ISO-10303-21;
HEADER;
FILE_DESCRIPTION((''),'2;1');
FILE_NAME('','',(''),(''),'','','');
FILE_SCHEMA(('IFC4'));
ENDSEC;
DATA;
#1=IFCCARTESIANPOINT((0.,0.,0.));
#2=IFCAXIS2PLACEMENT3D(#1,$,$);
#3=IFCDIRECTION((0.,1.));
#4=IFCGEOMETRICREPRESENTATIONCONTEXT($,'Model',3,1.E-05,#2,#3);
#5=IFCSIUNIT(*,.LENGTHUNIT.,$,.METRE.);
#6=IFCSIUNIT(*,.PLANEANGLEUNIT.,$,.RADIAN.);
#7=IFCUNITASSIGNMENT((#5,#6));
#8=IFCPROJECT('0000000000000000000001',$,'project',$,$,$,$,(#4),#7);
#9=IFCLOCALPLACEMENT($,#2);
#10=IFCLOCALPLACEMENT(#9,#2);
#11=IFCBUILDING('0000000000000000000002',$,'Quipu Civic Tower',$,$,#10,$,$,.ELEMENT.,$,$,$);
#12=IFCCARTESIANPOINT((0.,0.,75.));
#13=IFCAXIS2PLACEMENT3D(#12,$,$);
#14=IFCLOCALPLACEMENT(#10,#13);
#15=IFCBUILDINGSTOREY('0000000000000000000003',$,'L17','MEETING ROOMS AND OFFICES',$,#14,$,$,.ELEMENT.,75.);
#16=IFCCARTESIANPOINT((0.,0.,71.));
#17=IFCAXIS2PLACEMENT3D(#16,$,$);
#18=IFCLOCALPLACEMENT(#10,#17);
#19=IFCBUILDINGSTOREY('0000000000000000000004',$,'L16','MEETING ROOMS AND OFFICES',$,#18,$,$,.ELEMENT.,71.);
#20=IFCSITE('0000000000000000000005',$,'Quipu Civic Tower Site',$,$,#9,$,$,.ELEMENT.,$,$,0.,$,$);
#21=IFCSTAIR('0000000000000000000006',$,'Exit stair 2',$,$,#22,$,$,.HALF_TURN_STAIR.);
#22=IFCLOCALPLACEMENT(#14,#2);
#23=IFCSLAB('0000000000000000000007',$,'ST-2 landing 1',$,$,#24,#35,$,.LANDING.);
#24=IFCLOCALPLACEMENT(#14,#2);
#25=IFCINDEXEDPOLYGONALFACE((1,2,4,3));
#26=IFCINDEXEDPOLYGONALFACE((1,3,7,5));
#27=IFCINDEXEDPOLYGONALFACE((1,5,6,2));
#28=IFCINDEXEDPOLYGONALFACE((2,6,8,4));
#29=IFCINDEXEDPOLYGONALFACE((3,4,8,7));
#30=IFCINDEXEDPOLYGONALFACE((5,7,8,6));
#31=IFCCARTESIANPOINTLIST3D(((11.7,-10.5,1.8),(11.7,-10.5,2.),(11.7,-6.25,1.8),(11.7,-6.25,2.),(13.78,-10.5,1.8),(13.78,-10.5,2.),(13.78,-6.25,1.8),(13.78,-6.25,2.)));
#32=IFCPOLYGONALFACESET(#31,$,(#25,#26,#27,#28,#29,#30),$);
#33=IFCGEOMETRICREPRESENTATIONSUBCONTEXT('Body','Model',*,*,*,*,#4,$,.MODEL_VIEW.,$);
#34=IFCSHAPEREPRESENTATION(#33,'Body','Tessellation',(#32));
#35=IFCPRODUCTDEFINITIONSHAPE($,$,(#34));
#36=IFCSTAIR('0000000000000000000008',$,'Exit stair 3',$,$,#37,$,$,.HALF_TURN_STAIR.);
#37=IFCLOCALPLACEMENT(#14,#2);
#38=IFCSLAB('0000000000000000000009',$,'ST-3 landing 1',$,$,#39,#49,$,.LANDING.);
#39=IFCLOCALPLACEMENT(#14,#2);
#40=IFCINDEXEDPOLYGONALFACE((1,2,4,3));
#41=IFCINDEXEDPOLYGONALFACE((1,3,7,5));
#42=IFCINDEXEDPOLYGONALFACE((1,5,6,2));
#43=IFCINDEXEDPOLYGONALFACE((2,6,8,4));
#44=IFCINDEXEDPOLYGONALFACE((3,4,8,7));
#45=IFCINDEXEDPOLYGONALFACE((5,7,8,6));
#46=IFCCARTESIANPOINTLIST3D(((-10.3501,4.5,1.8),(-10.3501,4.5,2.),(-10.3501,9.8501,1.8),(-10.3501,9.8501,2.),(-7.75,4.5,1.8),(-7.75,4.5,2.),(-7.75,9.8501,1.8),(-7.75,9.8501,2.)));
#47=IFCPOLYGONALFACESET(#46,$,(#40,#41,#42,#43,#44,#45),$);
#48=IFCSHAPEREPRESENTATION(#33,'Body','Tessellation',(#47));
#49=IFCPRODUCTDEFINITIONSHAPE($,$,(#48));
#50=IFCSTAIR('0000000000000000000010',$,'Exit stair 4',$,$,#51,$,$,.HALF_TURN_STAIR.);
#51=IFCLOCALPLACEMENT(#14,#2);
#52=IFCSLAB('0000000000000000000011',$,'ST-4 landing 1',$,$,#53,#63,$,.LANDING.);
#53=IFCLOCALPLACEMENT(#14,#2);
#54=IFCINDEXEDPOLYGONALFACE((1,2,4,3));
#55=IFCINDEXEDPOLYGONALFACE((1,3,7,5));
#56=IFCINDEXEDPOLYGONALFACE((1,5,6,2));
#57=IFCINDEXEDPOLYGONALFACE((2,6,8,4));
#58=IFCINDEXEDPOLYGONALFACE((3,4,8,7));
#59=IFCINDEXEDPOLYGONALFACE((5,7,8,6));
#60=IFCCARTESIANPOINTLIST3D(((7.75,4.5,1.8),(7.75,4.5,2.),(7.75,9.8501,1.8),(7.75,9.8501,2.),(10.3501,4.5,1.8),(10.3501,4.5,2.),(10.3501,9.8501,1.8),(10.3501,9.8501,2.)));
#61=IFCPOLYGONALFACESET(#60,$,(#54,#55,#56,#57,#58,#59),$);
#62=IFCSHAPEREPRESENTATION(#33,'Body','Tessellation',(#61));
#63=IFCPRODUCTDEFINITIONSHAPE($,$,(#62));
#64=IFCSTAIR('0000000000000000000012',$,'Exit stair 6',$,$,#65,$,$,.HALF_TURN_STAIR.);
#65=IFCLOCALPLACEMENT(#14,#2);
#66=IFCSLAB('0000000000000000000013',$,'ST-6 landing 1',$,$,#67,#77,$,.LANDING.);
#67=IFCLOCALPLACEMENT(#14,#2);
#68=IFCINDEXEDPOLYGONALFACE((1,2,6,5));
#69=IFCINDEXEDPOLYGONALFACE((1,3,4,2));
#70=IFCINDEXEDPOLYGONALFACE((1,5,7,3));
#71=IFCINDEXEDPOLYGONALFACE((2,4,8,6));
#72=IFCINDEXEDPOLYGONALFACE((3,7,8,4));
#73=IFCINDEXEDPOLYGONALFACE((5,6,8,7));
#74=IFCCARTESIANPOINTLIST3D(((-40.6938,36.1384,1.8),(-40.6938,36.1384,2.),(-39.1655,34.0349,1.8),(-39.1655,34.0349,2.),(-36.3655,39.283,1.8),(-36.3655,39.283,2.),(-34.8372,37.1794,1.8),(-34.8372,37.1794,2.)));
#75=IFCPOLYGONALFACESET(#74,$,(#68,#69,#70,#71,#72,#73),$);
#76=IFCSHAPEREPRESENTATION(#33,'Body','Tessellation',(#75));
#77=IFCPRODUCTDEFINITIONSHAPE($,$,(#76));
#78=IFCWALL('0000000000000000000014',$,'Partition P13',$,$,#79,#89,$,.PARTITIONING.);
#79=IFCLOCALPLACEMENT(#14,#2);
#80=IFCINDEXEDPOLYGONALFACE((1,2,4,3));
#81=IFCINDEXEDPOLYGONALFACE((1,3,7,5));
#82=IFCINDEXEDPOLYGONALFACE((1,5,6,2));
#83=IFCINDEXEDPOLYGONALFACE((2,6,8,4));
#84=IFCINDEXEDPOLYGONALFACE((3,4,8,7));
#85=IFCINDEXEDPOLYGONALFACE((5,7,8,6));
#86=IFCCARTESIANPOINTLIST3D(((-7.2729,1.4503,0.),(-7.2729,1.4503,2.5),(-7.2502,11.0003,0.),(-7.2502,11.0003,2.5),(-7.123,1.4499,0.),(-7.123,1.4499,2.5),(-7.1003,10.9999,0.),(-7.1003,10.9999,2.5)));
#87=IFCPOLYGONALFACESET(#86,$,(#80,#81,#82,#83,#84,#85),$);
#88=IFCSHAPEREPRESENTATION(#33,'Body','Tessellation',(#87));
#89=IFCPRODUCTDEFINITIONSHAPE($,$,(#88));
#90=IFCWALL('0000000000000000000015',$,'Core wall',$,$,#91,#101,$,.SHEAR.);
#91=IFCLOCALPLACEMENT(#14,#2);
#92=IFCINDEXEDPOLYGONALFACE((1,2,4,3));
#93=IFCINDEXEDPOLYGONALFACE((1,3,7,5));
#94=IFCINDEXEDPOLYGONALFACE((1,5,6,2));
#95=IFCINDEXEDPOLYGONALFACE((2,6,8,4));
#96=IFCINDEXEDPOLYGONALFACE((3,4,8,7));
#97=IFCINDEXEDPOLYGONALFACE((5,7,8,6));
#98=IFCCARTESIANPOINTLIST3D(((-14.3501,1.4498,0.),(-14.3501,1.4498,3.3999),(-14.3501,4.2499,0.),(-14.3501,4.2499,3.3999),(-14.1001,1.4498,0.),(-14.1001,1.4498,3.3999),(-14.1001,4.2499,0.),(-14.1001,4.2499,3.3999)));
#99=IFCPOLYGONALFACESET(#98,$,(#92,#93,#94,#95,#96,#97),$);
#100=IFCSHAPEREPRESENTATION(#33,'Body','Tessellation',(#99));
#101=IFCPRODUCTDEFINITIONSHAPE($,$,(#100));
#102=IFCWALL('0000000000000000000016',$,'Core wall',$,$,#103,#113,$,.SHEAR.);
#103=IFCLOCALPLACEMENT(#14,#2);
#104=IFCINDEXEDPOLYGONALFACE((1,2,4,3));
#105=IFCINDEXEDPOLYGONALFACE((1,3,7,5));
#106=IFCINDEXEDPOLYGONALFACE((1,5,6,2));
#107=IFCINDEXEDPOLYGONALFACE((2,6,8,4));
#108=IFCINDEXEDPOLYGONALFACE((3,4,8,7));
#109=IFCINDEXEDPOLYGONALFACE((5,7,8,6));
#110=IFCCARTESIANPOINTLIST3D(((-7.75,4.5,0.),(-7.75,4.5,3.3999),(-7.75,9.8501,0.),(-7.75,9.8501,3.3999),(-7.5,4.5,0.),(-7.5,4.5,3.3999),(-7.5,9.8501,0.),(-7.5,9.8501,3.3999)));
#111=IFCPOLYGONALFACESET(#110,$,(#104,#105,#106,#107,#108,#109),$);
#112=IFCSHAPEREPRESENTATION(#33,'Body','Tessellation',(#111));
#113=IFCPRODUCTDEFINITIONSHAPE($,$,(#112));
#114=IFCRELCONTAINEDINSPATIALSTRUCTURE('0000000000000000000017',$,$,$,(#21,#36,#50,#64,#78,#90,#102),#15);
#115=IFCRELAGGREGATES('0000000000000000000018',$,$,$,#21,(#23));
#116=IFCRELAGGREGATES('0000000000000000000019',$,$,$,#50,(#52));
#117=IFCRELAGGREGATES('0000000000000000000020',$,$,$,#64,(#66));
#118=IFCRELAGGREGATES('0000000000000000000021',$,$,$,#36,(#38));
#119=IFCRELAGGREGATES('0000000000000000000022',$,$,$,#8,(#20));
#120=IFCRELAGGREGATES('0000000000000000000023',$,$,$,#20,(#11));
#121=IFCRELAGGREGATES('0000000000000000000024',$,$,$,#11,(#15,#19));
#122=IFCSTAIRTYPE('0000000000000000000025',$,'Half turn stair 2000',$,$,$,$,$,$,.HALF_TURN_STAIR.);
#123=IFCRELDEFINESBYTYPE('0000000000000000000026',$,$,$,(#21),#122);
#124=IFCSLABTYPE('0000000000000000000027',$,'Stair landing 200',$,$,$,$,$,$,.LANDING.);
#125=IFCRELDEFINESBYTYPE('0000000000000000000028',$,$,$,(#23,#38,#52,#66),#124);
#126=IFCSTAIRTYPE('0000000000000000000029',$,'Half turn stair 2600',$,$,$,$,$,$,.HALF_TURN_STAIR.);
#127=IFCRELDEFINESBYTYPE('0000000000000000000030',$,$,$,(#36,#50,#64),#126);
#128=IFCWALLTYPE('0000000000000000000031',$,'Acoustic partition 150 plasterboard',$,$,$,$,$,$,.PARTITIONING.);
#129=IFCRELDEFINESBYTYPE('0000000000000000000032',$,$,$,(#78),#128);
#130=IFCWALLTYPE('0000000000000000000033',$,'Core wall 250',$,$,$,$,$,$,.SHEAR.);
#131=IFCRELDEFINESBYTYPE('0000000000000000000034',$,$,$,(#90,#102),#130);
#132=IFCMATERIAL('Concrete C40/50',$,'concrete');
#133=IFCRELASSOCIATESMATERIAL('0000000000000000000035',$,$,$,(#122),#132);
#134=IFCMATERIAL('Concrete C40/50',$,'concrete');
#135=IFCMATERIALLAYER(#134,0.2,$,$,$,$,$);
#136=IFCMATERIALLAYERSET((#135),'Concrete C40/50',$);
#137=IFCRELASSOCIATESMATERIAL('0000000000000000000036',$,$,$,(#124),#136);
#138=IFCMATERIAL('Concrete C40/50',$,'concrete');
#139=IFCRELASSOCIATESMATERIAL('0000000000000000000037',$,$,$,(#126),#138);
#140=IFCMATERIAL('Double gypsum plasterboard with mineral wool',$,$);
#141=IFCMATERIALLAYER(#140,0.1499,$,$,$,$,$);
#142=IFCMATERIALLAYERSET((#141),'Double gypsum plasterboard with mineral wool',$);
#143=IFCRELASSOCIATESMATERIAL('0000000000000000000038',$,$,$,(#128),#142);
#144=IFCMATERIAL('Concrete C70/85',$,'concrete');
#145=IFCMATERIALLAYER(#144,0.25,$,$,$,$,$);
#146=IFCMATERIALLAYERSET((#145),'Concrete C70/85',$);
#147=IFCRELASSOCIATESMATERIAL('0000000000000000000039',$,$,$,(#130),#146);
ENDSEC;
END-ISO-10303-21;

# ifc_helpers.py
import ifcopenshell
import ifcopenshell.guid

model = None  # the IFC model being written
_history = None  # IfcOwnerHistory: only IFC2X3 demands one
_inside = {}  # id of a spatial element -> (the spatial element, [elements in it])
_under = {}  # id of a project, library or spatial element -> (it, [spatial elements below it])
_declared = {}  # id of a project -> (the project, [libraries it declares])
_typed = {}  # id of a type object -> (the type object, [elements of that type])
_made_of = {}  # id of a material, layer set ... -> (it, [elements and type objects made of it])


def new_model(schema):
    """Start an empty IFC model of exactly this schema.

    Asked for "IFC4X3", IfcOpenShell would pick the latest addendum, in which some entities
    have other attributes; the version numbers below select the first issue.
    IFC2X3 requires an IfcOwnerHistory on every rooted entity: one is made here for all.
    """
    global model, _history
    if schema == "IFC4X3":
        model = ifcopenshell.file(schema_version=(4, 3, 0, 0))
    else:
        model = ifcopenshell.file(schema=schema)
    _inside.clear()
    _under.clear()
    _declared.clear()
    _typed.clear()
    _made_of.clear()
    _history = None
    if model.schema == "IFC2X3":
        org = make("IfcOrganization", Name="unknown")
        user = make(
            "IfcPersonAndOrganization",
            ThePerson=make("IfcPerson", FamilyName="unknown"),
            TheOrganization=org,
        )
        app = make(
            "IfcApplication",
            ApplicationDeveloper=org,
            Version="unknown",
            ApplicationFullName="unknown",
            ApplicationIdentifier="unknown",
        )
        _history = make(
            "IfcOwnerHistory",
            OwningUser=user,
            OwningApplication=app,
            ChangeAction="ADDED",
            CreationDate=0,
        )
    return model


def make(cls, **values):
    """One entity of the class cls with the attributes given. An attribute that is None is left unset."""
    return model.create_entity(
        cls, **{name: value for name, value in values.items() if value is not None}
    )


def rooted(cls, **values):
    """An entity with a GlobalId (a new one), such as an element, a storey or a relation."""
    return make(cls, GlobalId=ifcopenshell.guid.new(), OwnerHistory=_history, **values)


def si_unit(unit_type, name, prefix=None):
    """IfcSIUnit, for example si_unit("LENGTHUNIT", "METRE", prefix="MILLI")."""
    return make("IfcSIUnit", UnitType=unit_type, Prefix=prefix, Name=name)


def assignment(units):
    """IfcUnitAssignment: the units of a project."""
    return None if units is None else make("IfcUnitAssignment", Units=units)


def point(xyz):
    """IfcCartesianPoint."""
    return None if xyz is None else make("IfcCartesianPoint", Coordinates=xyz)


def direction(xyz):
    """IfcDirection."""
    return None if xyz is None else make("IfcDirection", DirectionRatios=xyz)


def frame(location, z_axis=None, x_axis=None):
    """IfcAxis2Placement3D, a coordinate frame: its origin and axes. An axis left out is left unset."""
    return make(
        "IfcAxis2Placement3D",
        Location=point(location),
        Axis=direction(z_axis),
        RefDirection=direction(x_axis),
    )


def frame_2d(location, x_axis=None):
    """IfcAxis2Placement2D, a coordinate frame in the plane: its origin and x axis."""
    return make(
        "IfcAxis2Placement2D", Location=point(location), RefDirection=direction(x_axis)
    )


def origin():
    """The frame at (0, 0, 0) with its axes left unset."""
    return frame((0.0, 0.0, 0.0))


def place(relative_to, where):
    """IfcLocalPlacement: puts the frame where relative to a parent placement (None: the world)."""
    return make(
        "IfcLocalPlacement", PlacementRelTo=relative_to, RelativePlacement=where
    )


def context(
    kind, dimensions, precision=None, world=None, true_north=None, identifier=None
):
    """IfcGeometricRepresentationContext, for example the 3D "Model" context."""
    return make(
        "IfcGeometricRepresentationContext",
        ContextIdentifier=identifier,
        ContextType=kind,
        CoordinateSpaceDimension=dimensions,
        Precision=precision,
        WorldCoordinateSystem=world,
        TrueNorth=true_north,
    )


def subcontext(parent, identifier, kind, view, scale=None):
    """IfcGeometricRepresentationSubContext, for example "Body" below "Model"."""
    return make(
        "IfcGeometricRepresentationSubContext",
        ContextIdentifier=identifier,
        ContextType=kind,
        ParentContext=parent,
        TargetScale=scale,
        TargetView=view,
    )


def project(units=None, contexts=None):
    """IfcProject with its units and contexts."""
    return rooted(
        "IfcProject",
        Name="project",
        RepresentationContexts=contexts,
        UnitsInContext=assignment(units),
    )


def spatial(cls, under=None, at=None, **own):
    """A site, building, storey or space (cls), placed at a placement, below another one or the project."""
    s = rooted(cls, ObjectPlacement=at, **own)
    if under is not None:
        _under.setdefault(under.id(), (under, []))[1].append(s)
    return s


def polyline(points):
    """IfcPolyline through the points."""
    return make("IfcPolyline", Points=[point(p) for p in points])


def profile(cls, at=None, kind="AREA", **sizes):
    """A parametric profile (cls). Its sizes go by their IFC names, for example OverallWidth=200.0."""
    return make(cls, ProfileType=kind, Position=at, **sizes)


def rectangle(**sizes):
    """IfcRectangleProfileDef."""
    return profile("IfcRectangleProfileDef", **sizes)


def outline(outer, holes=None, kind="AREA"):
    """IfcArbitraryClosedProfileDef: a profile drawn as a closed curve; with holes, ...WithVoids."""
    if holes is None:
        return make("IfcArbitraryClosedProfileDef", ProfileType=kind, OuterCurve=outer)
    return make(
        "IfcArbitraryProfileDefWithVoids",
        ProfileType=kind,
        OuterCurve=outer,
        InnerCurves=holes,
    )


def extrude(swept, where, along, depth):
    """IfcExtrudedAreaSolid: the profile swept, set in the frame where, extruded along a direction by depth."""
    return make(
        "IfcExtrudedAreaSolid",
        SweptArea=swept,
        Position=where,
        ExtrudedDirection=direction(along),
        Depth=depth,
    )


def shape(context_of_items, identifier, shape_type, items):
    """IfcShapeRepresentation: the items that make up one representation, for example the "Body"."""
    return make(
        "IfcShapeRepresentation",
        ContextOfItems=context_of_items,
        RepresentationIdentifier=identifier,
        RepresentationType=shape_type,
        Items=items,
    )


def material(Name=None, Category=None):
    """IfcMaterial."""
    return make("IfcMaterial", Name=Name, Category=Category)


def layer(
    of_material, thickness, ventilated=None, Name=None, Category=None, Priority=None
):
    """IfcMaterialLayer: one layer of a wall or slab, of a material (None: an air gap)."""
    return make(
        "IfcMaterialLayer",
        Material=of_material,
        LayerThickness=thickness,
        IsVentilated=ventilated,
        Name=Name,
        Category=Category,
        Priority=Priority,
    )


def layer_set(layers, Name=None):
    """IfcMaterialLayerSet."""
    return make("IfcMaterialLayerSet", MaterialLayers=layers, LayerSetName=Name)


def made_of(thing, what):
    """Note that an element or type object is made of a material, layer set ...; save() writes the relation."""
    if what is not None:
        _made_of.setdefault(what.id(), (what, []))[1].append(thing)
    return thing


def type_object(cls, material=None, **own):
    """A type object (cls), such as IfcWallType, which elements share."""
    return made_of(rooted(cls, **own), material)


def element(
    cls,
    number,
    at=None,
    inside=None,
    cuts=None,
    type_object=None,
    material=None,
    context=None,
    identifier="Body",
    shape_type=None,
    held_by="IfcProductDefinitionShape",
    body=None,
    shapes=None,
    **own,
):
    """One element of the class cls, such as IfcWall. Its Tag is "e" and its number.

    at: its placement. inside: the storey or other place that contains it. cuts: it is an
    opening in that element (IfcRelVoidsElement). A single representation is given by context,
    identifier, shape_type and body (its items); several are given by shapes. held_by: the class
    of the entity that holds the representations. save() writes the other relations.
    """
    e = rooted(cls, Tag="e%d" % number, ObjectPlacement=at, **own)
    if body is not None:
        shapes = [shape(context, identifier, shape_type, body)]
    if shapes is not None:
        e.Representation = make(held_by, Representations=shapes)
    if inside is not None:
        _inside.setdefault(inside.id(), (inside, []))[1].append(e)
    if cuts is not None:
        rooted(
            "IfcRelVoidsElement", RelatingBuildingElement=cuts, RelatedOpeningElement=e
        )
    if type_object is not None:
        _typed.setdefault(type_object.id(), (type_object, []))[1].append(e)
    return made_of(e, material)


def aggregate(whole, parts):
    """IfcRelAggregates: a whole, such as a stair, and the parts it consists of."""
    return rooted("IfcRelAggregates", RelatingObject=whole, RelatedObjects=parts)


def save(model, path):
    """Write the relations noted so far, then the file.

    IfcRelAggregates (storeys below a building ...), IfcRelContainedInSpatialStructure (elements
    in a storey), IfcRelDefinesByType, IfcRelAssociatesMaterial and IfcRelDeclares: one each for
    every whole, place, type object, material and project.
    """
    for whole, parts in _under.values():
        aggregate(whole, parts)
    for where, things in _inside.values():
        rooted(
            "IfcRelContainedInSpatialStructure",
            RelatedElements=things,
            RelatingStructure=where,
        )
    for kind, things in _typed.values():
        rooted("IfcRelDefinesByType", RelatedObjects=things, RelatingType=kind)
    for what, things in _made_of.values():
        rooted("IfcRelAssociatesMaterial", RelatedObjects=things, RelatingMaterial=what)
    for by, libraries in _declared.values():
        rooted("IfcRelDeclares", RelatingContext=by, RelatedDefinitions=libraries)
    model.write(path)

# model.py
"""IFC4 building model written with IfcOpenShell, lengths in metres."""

from ifc_helpers import new_model, si_unit, direction, frame, frame_2d, origin, place, context, subcontext, project, spatial, polyline, rectangle, outline, extrude, material, layer, layer_set, type_object, element, aggregate, save


model = new_model("IFC4")

# Units and contexts
model_context = context("Model", 3, precision=1e-05, world=origin(), true_north=direction((0.0, 1.0)))
body_context = subcontext(model_context, "Body", "Model", "MODEL_VIEW")
ifc_project = project(units=[si_unit("LENGTHUNIT", "METRE"), si_unit("PLANEANGLEUNIT", "RADIAN")], contexts=[model_context])

# Site, building, storey
site_placement = place(None, origin())
site = spatial("IfcSite", under=ifc_project, at=site_placement, Name="Quipu Civic Tower Site", CompositionType="ELEMENT", RefElevation=0.0)
building_placement = place(site_placement, origin())
building = spatial("IfcBuilding", under=site, at=building_placement, Name="Quipu Civic Tower", CompositionType="ELEMENT")
storey_1_placement = place(building_placement, frame((0.0, 0.0, 75.0)))
storey_1 = spatial("IfcBuildingStorey", under=building, at=storey_1_placement, Name="L17", Description="MEETING ROOMS AND OFFICES", CompositionType="ELEMENT", Elevation=75.0)

# Shared definitions
storey_2_placement = place(building_placement, frame((0.0, 0.0, 71.0)))
storey_2 = spatial("IfcBuildingStorey", under=building, at=storey_2_placement, Name="L16", Description="MEETING ROOMS AND OFFICES", CompositionType="ELEMENT", Elevation=71.0)

# Stairs, slabs
ifc_material_1 = material(Name="Concrete C40/50", Category="concrete")
stair_type_1 = type_object("IfcStairType", Name="Half turn stair 2000", PredefinedType="HALF_TURN_STAIR", material=ifc_material_1)
stair_1_placement = place(storey_1_placement, origin())
stair_1 = element("IfcStair", 1, at=stair_1_placement, inside=storey_1, type_object=stair_type_1, Name="Exit stair 2", PredefinedType="HALF_TURN_STAIR")
ifc_material_2 = material(Name="Concrete C40/50", Category="concrete")
ifc_layer_1 = layer(ifc_material_2, 0.2)
ifc_layer_set_1 = layer_set([ifc_layer_1], Name="Concrete C40/50")
slab_type = type_object("IfcSlabType", Name="Stair landing 200", PredefinedType="LANDING", material=ifc_layer_set_1)
slab_1_placement = place(storey_1_placement, frame((0.0, 0.0, 1.8)))
slab_1 = element("IfcSlab", 2, at=slab_1_placement, type_object=slab_type, Name="ST-2 landing 1", PredefinedType="LANDING", context=body_context, shape_type="SweptSolid", body=[
    extrude(outline(polyline([(13.78, -6.25), (11.7, -6.25), (11.7, -10.5), (13.78, -10.5), (13.78, -6.25)])), origin(), (0.0, 0.0, 1.0), 0.2),
])
aggregate(stair_1, [slab_1])
ifc_material_3 = material(Name="Concrete C40/50", Category="concrete")
stair_type_2 = type_object("IfcStairType", Name="Half turn stair 2600", PredefinedType="HALF_TURN_STAIR", material=ifc_material_3)
stair_2_placement = place(storey_1_placement, origin())
stair_2 = element("IfcStair", 3, at=stair_2_placement, inside=storey_1, type_object=stair_type_2, Name="Exit stair 3", PredefinedType="HALF_TURN_STAIR")
slab_2_placement = place(storey_1_placement, frame((0.0, 0.0, 1.8)))
slab_2 = element("IfcSlab", 4, at=slab_2_placement, type_object=slab_type, Name="ST-3 landing 1", PredefinedType="LANDING", context=body_context, shape_type="SweptSolid", body=[
    extrude(outline(polyline([(-10.3501, 4.5), (-7.75, 4.5), (-7.75, 9.8501), (-10.3501, 9.8501), (-10.3501, 4.5)])), origin(), (0.0, 0.0, 1.0), 0.2),
])
stair_3_placement = place(storey_1_placement, origin())
stair_3 = element("IfcStair", 5, at=stair_3_placement, inside=storey_1, type_object=stair_type_2, Name="Exit stair 4", PredefinedType="HALF_TURN_STAIR")
slab_3_placement = place(storey_1_placement, frame((0.0, 0.0, 1.8)))
slab_3 = element("IfcSlab", 6, at=slab_3_placement, type_object=slab_type, Name="ST-4 landing 1", PredefinedType="LANDING", context=body_context, shape_type="SweptSolid", body=[
    extrude(outline(polyline([(10.3501, 9.8501), (7.75, 9.8501), (7.75, 4.5), (10.3501, 4.5), (10.3501, 9.8501)])), origin(), (0.0, 0.0, 1.0), 0.2),
])
aggregate(stair_3, [slab_3])
stair_4_placement = place(storey_1_placement, origin())
stair_4 = element("IfcStair", 7, at=stair_4_placement, inside=storey_1, type_object=stair_type_2, Name="Exit stair 6", PredefinedType="HALF_TURN_STAIR")
slab_4_placement = place(storey_1_placement, frame((0.0, 0.0, 1.8)))
slab_4 = element("IfcSlab", 8, at=slab_4_placement, type_object=slab_type, Name="ST-6 landing 1", PredefinedType="LANDING", context=body_context, shape_type="SweptSolid", body=[
    extrude(outline(polyline([(-34.8372, 37.1794), (-36.3655, 39.283), (-40.6938, 36.1384), (-39.1655, 34.0349), (-34.8372, 37.1794)])), origin(), (0.0, 0.0, 1.0), 0.2),
])
aggregate(stair_4, [slab_4])

# Walls
ifc_material_4 = material(Name="Double gypsum plasterboard with mineral wool")
ifc_layer_2 = layer(ifc_material_4, 0.1499)
ifc_layer_set_2 = layer_set([ifc_layer_2], Name="Double gypsum plasterboard with mineral wool")
wall_type_1 = type_object("IfcWallType", Name="Acoustic partition 150 plasterboard", PredefinedType="PARTITIONING", material=ifc_layer_set_2)
wall_1_placement = place(storey_1_placement, frame((-7.1753, 11.0, 0.0), z_axis=(0.0, 0.0, 1.0), x_axis=(-0.002377, -0.999997, 0.0)))
element("IfcWall", 9, at=wall_1_placement, inside=storey_1, type_object=wall_type_1, Name="Partition P13", PredefinedType="PARTITIONING", context=body_context, shape_type="SweptSolid", body=[
    extrude(rectangle(XDim=9.55, YDim=0.1499, at=frame_2d((4.7749, 0.0))), origin(), (0.0, 0.0, 1.0), 2.5),
])
ifc_material_5 = material(Name="Concrete C70/85", Category="concrete")
ifc_layer_3 = layer(ifc_material_5, 0.25)
ifc_layer_set_3 = layer_set([ifc_layer_3], Name="Concrete C70/85")
wall_type_2 = type_object("IfcWallType", Name="Core wall 250", PredefinedType="SHEAR", material=ifc_layer_set_3)
wall_2_placement = place(storey_1_placement, frame((-14.2251, 1.45, 0.0), z_axis=(0.0, 0.0, 1.0), x_axis=(0.0, 1.0, 0.0)))
element("IfcWall", 10, at=wall_2_placement, inside=storey_1, type_object=wall_type_2, Name="Core wall", PredefinedType="SHEAR", context=body_context, shape_type="SweptSolid", body=[
    extrude(rectangle(XDim=2.8, YDim=0.25, at=frame_2d((1.3999, 0.0))), origin(), (0.0, 0.0, 1.0), 3.3999),
])
wall_3_placement = place(storey_1_placement, frame((-7.625, 4.5, 0.0), z_axis=(0.0, 0.0, 1.0), x_axis=(0.0, 1.0, 0.0)))
element("IfcWall", 11, at=wall_3_placement, inside=storey_1, type_object=wall_type_2, Name="Core wall", PredefinedType="SHEAR", context=body_context, shape_type="SweptSolid", body=[
    extrude(rectangle(XDim=5.3501, YDim=0.25, at=frame_2d((2.675, 0.0))), origin(), (0.0, 0.0, 1.0), 3.3999),
])

aggregate(stair_2, [slab_2])

save(model, "model.ifc")
